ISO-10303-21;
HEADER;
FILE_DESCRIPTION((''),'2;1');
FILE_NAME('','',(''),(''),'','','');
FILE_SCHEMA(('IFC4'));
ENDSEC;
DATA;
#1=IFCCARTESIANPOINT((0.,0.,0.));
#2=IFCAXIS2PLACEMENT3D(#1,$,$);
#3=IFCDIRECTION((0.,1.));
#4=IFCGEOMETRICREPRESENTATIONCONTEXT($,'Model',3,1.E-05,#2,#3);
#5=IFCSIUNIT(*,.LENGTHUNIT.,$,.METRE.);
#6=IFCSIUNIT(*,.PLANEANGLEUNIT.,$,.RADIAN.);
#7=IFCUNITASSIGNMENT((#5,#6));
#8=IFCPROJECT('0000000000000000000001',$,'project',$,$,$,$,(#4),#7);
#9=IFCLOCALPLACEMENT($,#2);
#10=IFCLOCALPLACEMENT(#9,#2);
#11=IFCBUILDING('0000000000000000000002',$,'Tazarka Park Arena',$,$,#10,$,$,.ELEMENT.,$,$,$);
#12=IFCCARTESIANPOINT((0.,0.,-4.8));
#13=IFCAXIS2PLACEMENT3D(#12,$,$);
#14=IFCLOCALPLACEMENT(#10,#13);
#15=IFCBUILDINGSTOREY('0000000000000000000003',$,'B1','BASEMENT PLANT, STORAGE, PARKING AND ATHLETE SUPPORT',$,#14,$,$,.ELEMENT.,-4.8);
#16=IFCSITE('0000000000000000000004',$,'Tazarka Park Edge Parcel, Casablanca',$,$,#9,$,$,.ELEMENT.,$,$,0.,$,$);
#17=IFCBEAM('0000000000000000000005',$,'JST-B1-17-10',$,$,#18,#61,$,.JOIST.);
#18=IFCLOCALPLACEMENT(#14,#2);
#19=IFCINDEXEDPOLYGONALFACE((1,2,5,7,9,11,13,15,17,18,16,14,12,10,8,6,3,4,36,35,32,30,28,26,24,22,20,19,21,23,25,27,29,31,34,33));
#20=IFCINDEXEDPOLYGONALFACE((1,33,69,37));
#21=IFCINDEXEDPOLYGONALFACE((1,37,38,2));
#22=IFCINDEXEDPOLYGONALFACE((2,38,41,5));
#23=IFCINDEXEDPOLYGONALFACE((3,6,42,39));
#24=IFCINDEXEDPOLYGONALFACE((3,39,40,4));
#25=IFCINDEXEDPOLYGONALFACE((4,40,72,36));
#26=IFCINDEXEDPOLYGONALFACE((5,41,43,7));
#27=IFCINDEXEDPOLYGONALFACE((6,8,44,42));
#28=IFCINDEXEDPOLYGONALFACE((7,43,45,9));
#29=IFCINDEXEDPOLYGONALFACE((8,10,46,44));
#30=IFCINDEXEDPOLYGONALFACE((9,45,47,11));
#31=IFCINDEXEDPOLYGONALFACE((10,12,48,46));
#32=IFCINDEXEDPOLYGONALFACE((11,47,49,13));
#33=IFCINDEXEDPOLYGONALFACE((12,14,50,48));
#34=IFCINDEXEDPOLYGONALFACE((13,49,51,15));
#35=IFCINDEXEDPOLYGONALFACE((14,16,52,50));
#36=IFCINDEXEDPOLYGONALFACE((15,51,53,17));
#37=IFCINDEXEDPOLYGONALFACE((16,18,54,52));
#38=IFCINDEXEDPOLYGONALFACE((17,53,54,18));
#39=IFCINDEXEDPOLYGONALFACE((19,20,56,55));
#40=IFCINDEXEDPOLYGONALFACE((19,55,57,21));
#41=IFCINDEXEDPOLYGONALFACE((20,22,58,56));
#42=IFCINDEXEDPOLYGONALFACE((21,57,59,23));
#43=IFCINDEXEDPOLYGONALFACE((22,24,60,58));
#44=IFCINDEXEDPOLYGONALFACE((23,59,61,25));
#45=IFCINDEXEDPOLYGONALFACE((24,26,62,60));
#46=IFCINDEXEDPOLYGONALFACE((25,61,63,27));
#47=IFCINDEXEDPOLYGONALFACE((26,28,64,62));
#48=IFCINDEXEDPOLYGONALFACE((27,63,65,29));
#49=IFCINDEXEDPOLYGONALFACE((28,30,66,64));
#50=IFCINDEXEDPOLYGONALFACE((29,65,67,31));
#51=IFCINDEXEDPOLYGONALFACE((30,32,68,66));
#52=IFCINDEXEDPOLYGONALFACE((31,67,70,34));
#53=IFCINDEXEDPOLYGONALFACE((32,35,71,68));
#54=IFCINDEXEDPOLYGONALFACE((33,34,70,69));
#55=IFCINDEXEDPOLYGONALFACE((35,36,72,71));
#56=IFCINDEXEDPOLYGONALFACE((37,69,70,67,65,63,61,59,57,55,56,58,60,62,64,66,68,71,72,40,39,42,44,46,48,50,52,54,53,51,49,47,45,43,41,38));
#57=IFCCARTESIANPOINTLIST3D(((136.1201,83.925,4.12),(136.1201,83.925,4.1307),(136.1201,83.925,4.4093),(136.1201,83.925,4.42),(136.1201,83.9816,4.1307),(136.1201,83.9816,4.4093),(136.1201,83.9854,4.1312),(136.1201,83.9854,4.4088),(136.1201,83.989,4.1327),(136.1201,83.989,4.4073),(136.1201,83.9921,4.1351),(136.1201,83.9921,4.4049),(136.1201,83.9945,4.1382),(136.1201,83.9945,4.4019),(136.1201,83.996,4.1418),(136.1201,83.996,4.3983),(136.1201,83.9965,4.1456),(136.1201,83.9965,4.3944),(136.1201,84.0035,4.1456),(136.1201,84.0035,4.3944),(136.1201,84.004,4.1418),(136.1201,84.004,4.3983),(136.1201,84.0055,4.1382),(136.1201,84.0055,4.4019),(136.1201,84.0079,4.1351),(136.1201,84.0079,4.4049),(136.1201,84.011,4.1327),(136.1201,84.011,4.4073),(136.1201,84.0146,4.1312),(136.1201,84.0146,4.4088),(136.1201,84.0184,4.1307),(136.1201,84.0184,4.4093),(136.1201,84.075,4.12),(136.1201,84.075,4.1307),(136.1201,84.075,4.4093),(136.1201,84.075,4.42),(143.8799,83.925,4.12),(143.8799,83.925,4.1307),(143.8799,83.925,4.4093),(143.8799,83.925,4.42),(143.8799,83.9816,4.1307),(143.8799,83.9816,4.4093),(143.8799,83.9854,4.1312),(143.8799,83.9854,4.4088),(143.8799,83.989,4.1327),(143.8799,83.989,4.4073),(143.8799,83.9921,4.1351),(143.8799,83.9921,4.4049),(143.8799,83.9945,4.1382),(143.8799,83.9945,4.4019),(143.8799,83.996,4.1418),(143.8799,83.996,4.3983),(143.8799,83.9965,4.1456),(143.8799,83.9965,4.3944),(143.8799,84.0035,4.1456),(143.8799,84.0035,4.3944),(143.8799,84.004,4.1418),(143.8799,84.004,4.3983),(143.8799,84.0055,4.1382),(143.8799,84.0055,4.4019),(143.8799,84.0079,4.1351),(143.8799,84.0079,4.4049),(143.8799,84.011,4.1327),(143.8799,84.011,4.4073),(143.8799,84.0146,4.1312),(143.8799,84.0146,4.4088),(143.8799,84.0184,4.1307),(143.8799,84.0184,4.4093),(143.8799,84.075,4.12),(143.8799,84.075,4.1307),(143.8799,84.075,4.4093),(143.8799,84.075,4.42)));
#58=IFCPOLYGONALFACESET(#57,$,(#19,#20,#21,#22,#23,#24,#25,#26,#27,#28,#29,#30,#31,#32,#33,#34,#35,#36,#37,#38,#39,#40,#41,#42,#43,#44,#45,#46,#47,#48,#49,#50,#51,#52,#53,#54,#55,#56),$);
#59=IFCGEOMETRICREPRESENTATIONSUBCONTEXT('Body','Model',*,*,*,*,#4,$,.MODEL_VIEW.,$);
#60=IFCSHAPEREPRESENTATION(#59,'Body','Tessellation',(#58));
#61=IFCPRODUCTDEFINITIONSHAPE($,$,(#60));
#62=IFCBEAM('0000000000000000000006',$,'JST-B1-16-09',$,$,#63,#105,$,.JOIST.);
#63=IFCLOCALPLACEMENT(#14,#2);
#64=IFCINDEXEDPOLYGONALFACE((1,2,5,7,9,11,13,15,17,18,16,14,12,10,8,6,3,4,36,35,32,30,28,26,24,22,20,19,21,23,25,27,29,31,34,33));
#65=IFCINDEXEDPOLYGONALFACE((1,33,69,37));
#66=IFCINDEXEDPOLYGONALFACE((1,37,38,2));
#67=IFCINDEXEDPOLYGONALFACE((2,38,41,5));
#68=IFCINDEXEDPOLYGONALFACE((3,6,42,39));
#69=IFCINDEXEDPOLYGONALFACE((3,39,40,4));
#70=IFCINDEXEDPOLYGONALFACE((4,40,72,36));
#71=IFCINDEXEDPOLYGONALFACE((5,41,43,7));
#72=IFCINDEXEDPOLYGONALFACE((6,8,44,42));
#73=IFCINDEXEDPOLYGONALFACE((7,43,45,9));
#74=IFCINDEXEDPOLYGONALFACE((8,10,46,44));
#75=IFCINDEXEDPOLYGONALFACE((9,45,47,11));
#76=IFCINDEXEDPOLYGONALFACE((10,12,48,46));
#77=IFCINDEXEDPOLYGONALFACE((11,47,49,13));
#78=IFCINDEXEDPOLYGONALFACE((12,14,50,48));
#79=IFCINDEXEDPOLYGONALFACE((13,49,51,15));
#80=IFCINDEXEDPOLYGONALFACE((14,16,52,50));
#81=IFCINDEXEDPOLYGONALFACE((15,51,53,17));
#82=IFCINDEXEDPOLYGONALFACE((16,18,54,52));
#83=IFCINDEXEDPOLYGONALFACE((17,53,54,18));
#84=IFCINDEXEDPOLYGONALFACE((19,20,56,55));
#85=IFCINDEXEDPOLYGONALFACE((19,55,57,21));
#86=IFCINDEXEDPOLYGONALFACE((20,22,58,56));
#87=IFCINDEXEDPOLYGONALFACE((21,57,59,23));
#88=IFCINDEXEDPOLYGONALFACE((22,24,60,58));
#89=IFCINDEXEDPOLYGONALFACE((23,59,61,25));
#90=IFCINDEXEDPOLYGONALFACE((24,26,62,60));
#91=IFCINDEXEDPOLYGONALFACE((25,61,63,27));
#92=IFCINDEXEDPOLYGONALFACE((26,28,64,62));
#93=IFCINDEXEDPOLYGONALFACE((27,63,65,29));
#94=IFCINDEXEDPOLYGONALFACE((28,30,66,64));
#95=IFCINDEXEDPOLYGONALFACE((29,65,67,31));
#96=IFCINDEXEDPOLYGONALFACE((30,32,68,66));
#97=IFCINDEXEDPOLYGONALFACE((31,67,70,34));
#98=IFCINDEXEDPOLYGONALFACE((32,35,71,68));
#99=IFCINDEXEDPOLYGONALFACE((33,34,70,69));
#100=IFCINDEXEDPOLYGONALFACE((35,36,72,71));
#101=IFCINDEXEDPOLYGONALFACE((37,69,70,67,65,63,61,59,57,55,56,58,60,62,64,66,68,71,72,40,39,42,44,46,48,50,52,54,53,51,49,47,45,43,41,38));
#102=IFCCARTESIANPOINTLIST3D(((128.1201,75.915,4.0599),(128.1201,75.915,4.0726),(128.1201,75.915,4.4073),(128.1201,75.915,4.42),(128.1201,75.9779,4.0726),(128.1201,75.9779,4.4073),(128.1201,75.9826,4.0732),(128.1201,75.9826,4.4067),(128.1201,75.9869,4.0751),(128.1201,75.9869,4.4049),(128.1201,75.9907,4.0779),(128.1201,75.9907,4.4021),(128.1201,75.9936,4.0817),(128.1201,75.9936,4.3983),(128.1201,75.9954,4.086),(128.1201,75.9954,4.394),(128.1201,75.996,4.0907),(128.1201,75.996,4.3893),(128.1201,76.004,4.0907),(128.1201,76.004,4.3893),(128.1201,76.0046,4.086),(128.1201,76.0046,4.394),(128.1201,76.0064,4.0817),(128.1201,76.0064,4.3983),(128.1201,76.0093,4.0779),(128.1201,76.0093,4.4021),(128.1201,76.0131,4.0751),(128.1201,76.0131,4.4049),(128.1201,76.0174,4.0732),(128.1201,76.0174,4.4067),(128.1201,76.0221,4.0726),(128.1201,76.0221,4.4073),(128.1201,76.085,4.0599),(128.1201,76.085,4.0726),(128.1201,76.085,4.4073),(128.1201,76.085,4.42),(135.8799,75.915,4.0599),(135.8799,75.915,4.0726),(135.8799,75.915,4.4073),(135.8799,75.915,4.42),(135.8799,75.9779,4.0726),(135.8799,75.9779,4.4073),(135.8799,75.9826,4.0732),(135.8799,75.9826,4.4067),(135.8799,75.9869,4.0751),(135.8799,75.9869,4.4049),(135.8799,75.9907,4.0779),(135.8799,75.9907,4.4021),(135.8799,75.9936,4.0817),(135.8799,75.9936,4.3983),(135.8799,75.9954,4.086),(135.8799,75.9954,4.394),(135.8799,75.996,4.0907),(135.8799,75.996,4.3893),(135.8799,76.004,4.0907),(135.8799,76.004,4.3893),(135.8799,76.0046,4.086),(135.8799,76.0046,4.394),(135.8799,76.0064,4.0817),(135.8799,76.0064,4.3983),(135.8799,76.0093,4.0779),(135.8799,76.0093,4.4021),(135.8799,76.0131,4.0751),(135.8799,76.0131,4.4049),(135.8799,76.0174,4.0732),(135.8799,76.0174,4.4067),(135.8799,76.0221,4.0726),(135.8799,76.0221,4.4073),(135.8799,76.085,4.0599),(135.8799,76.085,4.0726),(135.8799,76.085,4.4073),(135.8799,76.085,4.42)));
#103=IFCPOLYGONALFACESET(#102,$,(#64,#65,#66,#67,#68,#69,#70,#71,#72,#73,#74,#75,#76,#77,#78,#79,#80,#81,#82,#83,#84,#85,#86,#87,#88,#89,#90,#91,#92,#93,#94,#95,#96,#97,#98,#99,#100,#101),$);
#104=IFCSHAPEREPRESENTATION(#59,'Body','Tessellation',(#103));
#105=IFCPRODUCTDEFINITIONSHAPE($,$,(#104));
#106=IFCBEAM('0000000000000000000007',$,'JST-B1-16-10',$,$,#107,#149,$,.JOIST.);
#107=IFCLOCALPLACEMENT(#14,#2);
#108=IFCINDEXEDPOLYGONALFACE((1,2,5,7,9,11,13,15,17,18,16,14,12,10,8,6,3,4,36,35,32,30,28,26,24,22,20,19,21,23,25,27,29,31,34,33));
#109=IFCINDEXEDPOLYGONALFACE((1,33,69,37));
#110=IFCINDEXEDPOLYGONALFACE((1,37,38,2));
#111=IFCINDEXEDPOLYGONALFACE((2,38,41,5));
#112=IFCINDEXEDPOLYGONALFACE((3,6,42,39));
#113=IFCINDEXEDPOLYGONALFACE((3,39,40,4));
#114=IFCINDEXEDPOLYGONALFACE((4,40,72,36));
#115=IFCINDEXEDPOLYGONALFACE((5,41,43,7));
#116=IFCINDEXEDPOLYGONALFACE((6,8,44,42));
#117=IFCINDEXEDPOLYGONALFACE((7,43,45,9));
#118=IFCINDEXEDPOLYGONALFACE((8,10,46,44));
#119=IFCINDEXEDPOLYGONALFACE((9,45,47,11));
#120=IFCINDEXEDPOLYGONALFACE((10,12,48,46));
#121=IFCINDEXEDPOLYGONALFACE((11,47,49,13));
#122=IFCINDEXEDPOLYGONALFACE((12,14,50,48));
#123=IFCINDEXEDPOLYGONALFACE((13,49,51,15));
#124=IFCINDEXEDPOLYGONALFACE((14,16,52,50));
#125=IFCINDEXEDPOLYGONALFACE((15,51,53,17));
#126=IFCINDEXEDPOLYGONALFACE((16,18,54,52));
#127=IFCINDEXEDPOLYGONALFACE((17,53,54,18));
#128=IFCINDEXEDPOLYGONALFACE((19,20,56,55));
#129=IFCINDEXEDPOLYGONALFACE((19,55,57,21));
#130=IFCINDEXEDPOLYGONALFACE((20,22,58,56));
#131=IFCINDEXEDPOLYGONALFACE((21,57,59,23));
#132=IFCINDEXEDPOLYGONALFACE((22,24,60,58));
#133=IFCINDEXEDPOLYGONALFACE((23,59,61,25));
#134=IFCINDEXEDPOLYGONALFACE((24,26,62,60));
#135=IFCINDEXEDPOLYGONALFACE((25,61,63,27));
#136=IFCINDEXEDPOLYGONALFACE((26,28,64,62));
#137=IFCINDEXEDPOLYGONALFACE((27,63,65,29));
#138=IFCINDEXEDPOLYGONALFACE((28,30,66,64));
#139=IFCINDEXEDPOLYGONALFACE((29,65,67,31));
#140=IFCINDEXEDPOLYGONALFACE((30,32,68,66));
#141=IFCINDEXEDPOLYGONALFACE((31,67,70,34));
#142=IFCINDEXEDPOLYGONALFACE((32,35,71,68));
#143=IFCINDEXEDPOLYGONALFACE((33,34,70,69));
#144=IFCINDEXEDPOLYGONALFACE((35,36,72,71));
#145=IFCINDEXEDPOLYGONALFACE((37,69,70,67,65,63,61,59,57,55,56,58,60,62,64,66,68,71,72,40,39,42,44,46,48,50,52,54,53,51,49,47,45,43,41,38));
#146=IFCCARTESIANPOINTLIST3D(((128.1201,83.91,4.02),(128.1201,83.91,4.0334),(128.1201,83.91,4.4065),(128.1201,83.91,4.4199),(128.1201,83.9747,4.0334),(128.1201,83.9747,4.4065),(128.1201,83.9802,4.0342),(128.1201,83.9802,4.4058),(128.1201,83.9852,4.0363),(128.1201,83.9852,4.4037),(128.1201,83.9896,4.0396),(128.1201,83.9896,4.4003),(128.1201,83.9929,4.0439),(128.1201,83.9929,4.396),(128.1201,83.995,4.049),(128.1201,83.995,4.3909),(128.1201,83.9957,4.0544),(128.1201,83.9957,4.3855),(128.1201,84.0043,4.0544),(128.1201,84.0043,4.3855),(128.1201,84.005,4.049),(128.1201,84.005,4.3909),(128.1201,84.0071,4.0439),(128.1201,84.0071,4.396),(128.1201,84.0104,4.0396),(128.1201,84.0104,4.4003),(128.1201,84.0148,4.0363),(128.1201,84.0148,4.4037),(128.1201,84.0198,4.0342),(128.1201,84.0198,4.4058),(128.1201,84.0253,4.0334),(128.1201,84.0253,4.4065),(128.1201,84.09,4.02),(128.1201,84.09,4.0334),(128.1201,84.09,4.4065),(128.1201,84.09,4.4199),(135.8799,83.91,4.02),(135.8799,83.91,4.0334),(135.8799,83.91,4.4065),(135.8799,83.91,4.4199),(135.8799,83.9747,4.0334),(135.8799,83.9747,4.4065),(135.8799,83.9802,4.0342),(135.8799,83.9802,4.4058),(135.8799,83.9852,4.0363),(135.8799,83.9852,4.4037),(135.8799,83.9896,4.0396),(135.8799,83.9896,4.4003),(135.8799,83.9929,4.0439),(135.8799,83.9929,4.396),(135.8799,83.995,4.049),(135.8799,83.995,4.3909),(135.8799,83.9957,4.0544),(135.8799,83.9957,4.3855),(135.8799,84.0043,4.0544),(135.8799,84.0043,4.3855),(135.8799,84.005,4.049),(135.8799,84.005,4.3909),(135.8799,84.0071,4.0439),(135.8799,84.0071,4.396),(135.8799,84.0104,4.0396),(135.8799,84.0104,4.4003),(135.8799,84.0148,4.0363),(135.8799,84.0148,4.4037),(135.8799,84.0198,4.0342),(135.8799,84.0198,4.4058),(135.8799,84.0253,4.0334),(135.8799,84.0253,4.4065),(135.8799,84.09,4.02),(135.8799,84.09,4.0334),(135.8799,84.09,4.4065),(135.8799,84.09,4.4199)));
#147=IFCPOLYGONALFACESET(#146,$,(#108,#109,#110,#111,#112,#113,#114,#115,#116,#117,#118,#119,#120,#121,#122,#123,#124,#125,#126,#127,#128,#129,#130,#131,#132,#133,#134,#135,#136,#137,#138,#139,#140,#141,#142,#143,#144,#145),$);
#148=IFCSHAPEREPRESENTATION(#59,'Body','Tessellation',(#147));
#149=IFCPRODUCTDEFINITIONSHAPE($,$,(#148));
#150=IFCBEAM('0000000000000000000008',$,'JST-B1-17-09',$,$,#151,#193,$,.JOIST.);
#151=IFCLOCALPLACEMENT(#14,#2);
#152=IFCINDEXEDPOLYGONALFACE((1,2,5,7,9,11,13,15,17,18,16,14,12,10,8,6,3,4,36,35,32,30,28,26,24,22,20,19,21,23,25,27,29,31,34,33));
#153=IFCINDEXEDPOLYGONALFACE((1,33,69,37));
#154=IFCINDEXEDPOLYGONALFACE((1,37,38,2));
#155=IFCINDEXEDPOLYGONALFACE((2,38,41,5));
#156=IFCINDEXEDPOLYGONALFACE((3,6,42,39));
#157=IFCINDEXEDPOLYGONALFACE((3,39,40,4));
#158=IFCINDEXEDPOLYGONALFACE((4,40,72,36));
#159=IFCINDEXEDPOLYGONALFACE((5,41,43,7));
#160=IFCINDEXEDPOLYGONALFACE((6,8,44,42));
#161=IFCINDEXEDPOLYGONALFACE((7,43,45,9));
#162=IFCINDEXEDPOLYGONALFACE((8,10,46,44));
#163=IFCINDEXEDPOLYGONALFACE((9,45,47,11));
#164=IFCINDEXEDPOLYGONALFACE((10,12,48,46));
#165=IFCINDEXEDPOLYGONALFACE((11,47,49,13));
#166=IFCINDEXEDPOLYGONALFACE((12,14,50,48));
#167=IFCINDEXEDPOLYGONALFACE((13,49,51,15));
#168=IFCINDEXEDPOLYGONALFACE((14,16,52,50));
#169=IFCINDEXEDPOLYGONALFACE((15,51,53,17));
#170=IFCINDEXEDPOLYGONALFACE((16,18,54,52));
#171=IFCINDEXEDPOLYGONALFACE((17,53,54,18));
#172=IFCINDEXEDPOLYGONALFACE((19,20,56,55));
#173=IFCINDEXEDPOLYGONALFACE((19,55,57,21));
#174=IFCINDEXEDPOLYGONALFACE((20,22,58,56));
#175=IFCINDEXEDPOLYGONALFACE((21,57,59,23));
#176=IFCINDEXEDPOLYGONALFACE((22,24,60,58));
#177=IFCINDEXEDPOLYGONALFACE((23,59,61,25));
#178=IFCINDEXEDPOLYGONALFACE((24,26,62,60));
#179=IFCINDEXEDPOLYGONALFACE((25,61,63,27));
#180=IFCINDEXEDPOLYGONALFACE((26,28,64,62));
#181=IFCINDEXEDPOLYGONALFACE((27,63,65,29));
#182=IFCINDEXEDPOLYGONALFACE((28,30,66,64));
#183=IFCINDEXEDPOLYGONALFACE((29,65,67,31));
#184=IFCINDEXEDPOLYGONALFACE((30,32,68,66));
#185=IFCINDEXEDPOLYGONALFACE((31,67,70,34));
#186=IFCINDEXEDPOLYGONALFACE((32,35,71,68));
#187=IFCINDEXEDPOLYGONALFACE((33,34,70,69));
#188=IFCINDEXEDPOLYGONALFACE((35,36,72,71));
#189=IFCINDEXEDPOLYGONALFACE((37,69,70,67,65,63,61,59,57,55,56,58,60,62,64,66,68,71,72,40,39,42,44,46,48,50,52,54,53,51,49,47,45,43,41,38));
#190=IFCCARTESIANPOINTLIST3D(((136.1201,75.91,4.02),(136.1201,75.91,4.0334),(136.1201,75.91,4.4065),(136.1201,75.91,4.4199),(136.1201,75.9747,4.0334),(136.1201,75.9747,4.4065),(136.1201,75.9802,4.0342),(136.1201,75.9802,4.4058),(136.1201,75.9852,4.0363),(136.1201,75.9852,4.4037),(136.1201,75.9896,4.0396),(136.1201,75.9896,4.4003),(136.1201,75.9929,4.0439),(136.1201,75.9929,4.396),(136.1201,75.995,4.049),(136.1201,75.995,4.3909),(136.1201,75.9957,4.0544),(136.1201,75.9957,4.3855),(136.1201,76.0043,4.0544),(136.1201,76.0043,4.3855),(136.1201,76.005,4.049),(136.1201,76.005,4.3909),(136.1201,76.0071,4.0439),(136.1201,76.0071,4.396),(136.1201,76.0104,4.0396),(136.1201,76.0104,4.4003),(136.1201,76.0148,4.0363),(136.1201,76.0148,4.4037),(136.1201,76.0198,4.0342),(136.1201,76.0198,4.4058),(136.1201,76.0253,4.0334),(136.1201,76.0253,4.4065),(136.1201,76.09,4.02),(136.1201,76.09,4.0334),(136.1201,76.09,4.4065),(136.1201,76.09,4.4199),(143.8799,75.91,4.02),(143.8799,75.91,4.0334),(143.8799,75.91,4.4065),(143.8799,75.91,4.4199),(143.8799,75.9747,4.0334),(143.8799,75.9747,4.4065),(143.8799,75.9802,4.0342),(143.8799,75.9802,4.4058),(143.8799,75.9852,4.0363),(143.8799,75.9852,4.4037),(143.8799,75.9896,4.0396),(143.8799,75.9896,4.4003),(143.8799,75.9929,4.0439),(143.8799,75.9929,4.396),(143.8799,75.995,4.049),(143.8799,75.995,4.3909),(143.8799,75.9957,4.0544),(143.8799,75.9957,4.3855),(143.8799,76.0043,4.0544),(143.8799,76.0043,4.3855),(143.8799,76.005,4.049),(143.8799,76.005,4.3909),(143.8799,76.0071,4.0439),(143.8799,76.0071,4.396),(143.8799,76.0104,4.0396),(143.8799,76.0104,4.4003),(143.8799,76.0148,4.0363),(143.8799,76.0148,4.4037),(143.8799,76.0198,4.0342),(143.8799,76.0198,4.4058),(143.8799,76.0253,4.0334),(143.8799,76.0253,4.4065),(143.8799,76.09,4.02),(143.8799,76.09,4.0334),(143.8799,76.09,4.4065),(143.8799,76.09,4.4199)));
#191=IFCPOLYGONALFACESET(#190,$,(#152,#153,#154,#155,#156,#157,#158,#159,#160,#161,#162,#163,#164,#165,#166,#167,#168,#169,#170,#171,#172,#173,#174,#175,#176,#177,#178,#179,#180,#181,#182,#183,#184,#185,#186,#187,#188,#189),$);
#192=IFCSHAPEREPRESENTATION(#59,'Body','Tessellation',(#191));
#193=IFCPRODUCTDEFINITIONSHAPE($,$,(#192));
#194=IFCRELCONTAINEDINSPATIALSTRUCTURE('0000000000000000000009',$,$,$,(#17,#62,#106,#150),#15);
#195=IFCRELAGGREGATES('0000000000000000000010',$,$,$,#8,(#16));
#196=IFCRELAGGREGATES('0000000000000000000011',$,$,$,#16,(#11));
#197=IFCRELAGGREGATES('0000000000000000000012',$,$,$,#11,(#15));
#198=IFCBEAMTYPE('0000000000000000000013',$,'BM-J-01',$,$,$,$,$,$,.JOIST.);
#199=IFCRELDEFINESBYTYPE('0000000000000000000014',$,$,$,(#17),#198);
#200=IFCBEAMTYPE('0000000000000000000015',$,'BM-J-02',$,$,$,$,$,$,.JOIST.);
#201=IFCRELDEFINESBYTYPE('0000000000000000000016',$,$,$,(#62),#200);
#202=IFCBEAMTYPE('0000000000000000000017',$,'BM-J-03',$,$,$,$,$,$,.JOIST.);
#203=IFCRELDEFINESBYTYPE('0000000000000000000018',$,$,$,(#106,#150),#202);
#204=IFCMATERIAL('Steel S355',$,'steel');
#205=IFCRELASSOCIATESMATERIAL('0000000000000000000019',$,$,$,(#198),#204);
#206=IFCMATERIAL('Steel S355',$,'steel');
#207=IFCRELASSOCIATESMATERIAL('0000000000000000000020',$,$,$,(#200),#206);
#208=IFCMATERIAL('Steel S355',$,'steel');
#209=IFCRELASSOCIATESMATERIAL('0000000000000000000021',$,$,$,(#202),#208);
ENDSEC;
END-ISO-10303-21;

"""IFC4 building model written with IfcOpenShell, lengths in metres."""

from ifc_helpers import new_model, si_unit, direction, frame, origin, origin_2d, place, context, subcontext, project, spatial, i_section, extrude, material, material_profile, profile_set, type_object, element, save


model = new_model("IFC4")

# Units and contexts
model_context = context("Model", 3, precision=1e-05, world=origin(), true_north=direction((0.0, 1.0)))
body_context = subcontext(model_context, "Body", "Model", "MODEL_VIEW")
ifc_project = project(units=[si_unit("LENGTHUNIT", "METRE"), si_unit("PLANEANGLEUNIT", "RADIAN")], contexts=[model_context])

# Site, building, storey
site_placement = place(None, origin())
site = spatial("IfcSite", under=ifc_project, at=site_placement, Name="Tazarka Park Edge Parcel, Casablanca", CompositionType="ELEMENT", RefElevation=0.0)
building_placement = place(site_placement, origin())
building = spatial("IfcBuilding", under=site, at=building_placement, Name="Tazarka Park Arena", CompositionType="ELEMENT")
storey_placement = place(building_placement, frame((0.0, 0.0, -4.8)))
storey = spatial("IfcBuildingStorey", under=building, at=storey_placement, Name="B1", Description="BASEMENT PLANT, STORAGE, PARKING AND ATHLETE SUPPORT", CompositionType="ELEMENT", Elevation=-4.8)

# Beams
ifc_material_1 = material(Name="Steel S355", Category="steel")
ifc_material_profile_1 = material_profile(ifc_material_1, i_section(OverallWidth=0.1499, OverallDepth=0.3, WebThickness=0.0071, FlangeThickness=0.0107, FilletRadius=0.0149, at=origin_2d()), Name="Steel S355")
ifc_profile_set_1 = profile_set([ifc_material_profile_1], Name="Steel S355")
beam_type_1 = type_object("IfcBeamType", Name="BM-J-01", PredefinedType="JOIST", material=ifc_profile_set_1)
beam_1_placement = place(storey_placement, frame((136.1201, 84.0, 4.27), z_axis=(1.0, 0.0, 0.0), x_axis=(0.0, 1.0, 0.0)))
element("IfcBeam", 1, at=beam_1_placement, inside=storey, type_object=beam_type_1, Name="JST-B1-17-10", PredefinedType="JOIST", context=body_context, shape_type="SweptSolid", body=[
    extrude(i_section(OverallWidth=0.1499, OverallDepth=0.3, WebThickness=0.0071, FlangeThickness=0.0107, FilletRadius=0.0149, at=origin_2d()), origin(), (0.0, 0.0, 1.0), 7.7598),
])
ifc_material_2 = material(Name="Steel S355", Category="steel")
ifc_material_profile_2 = material_profile(ifc_material_2, i_section(OverallWidth=0.1699, OverallDepth=0.3601, WebThickness=0.0081, FlangeThickness=0.0127, FilletRadius=0.0181, at=origin_2d()), Name="Steel S355")
ifc_profile_set_2 = profile_set([ifc_material_profile_2], Name="Steel S355")
beam_type_2 = type_object("IfcBeamType", Name="BM-J-02", PredefinedType="JOIST", material=ifc_profile_set_2)
beam_2_placement = place(storey_placement, frame((128.1201, 76.0, 4.24), z_axis=(1.0, 0.0, 0.0), x_axis=(0.0, 1.0, 0.0)))
element("IfcBeam", 2, at=beam_2_placement, inside=storey, type_object=beam_type_2, Name="JST-B1-16-09", PredefinedType="JOIST", context=body_context, shape_type="SweptSolid", body=[
    extrude(i_section(OverallWidth=0.1699, OverallDepth=0.3601, WebThickness=0.0081, FlangeThickness=0.0127, FilletRadius=0.0181, at=origin_2d()), origin(), (0.0, 0.0, 1.0), 7.7598),
])
ifc_material_3 = material(Name="Steel S355", Category="steel")
ifc_material_profile_3 = material_profile(ifc_material_3, i_section(OverallWidth=0.1799, OverallDepth=0.3999, WebThickness=0.0085, FlangeThickness=0.0134, FilletRadius=0.021, at=origin_2d()), Name="Steel S355")
ifc_profile_set_3 = profile_set([ifc_material_profile_3], Name="Steel S355")
beam_type_3 = type_object("IfcBeamType", Name="BM-J-03", PredefinedType="JOIST", material=ifc_profile_set_3)
for number, where, z_axis, x_axis, name in (
    (3, (128.1201, 84.0, 4.22), (1.0, 0.0, 0.0), (0.0, 1.0, 0.0), "JST-B1-16-10"),
    (4, (136.1201, 76.0, 4.22), (1.0, 0.0, 0.0), (0.0, 1.0, 0.0), "JST-B1-17-09"),
):
    element("IfcBeam", number, at=place(storey_placement, frame(where, z_axis=z_axis, x_axis=x_axis)), inside=storey, type_object=beam_type_3, Name=name, PredefinedType="JOIST", context=body_context, shape_type="SweptSolid", body=[
        extrude(i_section(OverallWidth=0.1799, OverallDepth=0.3999, WebThickness=0.0085, FlangeThickness=0.0134, FilletRadius=0.021, at=origin_2d()), origin(), (0.0, 0.0, 1.0), 7.7598),
    ])

save(model, "model.ifc")
